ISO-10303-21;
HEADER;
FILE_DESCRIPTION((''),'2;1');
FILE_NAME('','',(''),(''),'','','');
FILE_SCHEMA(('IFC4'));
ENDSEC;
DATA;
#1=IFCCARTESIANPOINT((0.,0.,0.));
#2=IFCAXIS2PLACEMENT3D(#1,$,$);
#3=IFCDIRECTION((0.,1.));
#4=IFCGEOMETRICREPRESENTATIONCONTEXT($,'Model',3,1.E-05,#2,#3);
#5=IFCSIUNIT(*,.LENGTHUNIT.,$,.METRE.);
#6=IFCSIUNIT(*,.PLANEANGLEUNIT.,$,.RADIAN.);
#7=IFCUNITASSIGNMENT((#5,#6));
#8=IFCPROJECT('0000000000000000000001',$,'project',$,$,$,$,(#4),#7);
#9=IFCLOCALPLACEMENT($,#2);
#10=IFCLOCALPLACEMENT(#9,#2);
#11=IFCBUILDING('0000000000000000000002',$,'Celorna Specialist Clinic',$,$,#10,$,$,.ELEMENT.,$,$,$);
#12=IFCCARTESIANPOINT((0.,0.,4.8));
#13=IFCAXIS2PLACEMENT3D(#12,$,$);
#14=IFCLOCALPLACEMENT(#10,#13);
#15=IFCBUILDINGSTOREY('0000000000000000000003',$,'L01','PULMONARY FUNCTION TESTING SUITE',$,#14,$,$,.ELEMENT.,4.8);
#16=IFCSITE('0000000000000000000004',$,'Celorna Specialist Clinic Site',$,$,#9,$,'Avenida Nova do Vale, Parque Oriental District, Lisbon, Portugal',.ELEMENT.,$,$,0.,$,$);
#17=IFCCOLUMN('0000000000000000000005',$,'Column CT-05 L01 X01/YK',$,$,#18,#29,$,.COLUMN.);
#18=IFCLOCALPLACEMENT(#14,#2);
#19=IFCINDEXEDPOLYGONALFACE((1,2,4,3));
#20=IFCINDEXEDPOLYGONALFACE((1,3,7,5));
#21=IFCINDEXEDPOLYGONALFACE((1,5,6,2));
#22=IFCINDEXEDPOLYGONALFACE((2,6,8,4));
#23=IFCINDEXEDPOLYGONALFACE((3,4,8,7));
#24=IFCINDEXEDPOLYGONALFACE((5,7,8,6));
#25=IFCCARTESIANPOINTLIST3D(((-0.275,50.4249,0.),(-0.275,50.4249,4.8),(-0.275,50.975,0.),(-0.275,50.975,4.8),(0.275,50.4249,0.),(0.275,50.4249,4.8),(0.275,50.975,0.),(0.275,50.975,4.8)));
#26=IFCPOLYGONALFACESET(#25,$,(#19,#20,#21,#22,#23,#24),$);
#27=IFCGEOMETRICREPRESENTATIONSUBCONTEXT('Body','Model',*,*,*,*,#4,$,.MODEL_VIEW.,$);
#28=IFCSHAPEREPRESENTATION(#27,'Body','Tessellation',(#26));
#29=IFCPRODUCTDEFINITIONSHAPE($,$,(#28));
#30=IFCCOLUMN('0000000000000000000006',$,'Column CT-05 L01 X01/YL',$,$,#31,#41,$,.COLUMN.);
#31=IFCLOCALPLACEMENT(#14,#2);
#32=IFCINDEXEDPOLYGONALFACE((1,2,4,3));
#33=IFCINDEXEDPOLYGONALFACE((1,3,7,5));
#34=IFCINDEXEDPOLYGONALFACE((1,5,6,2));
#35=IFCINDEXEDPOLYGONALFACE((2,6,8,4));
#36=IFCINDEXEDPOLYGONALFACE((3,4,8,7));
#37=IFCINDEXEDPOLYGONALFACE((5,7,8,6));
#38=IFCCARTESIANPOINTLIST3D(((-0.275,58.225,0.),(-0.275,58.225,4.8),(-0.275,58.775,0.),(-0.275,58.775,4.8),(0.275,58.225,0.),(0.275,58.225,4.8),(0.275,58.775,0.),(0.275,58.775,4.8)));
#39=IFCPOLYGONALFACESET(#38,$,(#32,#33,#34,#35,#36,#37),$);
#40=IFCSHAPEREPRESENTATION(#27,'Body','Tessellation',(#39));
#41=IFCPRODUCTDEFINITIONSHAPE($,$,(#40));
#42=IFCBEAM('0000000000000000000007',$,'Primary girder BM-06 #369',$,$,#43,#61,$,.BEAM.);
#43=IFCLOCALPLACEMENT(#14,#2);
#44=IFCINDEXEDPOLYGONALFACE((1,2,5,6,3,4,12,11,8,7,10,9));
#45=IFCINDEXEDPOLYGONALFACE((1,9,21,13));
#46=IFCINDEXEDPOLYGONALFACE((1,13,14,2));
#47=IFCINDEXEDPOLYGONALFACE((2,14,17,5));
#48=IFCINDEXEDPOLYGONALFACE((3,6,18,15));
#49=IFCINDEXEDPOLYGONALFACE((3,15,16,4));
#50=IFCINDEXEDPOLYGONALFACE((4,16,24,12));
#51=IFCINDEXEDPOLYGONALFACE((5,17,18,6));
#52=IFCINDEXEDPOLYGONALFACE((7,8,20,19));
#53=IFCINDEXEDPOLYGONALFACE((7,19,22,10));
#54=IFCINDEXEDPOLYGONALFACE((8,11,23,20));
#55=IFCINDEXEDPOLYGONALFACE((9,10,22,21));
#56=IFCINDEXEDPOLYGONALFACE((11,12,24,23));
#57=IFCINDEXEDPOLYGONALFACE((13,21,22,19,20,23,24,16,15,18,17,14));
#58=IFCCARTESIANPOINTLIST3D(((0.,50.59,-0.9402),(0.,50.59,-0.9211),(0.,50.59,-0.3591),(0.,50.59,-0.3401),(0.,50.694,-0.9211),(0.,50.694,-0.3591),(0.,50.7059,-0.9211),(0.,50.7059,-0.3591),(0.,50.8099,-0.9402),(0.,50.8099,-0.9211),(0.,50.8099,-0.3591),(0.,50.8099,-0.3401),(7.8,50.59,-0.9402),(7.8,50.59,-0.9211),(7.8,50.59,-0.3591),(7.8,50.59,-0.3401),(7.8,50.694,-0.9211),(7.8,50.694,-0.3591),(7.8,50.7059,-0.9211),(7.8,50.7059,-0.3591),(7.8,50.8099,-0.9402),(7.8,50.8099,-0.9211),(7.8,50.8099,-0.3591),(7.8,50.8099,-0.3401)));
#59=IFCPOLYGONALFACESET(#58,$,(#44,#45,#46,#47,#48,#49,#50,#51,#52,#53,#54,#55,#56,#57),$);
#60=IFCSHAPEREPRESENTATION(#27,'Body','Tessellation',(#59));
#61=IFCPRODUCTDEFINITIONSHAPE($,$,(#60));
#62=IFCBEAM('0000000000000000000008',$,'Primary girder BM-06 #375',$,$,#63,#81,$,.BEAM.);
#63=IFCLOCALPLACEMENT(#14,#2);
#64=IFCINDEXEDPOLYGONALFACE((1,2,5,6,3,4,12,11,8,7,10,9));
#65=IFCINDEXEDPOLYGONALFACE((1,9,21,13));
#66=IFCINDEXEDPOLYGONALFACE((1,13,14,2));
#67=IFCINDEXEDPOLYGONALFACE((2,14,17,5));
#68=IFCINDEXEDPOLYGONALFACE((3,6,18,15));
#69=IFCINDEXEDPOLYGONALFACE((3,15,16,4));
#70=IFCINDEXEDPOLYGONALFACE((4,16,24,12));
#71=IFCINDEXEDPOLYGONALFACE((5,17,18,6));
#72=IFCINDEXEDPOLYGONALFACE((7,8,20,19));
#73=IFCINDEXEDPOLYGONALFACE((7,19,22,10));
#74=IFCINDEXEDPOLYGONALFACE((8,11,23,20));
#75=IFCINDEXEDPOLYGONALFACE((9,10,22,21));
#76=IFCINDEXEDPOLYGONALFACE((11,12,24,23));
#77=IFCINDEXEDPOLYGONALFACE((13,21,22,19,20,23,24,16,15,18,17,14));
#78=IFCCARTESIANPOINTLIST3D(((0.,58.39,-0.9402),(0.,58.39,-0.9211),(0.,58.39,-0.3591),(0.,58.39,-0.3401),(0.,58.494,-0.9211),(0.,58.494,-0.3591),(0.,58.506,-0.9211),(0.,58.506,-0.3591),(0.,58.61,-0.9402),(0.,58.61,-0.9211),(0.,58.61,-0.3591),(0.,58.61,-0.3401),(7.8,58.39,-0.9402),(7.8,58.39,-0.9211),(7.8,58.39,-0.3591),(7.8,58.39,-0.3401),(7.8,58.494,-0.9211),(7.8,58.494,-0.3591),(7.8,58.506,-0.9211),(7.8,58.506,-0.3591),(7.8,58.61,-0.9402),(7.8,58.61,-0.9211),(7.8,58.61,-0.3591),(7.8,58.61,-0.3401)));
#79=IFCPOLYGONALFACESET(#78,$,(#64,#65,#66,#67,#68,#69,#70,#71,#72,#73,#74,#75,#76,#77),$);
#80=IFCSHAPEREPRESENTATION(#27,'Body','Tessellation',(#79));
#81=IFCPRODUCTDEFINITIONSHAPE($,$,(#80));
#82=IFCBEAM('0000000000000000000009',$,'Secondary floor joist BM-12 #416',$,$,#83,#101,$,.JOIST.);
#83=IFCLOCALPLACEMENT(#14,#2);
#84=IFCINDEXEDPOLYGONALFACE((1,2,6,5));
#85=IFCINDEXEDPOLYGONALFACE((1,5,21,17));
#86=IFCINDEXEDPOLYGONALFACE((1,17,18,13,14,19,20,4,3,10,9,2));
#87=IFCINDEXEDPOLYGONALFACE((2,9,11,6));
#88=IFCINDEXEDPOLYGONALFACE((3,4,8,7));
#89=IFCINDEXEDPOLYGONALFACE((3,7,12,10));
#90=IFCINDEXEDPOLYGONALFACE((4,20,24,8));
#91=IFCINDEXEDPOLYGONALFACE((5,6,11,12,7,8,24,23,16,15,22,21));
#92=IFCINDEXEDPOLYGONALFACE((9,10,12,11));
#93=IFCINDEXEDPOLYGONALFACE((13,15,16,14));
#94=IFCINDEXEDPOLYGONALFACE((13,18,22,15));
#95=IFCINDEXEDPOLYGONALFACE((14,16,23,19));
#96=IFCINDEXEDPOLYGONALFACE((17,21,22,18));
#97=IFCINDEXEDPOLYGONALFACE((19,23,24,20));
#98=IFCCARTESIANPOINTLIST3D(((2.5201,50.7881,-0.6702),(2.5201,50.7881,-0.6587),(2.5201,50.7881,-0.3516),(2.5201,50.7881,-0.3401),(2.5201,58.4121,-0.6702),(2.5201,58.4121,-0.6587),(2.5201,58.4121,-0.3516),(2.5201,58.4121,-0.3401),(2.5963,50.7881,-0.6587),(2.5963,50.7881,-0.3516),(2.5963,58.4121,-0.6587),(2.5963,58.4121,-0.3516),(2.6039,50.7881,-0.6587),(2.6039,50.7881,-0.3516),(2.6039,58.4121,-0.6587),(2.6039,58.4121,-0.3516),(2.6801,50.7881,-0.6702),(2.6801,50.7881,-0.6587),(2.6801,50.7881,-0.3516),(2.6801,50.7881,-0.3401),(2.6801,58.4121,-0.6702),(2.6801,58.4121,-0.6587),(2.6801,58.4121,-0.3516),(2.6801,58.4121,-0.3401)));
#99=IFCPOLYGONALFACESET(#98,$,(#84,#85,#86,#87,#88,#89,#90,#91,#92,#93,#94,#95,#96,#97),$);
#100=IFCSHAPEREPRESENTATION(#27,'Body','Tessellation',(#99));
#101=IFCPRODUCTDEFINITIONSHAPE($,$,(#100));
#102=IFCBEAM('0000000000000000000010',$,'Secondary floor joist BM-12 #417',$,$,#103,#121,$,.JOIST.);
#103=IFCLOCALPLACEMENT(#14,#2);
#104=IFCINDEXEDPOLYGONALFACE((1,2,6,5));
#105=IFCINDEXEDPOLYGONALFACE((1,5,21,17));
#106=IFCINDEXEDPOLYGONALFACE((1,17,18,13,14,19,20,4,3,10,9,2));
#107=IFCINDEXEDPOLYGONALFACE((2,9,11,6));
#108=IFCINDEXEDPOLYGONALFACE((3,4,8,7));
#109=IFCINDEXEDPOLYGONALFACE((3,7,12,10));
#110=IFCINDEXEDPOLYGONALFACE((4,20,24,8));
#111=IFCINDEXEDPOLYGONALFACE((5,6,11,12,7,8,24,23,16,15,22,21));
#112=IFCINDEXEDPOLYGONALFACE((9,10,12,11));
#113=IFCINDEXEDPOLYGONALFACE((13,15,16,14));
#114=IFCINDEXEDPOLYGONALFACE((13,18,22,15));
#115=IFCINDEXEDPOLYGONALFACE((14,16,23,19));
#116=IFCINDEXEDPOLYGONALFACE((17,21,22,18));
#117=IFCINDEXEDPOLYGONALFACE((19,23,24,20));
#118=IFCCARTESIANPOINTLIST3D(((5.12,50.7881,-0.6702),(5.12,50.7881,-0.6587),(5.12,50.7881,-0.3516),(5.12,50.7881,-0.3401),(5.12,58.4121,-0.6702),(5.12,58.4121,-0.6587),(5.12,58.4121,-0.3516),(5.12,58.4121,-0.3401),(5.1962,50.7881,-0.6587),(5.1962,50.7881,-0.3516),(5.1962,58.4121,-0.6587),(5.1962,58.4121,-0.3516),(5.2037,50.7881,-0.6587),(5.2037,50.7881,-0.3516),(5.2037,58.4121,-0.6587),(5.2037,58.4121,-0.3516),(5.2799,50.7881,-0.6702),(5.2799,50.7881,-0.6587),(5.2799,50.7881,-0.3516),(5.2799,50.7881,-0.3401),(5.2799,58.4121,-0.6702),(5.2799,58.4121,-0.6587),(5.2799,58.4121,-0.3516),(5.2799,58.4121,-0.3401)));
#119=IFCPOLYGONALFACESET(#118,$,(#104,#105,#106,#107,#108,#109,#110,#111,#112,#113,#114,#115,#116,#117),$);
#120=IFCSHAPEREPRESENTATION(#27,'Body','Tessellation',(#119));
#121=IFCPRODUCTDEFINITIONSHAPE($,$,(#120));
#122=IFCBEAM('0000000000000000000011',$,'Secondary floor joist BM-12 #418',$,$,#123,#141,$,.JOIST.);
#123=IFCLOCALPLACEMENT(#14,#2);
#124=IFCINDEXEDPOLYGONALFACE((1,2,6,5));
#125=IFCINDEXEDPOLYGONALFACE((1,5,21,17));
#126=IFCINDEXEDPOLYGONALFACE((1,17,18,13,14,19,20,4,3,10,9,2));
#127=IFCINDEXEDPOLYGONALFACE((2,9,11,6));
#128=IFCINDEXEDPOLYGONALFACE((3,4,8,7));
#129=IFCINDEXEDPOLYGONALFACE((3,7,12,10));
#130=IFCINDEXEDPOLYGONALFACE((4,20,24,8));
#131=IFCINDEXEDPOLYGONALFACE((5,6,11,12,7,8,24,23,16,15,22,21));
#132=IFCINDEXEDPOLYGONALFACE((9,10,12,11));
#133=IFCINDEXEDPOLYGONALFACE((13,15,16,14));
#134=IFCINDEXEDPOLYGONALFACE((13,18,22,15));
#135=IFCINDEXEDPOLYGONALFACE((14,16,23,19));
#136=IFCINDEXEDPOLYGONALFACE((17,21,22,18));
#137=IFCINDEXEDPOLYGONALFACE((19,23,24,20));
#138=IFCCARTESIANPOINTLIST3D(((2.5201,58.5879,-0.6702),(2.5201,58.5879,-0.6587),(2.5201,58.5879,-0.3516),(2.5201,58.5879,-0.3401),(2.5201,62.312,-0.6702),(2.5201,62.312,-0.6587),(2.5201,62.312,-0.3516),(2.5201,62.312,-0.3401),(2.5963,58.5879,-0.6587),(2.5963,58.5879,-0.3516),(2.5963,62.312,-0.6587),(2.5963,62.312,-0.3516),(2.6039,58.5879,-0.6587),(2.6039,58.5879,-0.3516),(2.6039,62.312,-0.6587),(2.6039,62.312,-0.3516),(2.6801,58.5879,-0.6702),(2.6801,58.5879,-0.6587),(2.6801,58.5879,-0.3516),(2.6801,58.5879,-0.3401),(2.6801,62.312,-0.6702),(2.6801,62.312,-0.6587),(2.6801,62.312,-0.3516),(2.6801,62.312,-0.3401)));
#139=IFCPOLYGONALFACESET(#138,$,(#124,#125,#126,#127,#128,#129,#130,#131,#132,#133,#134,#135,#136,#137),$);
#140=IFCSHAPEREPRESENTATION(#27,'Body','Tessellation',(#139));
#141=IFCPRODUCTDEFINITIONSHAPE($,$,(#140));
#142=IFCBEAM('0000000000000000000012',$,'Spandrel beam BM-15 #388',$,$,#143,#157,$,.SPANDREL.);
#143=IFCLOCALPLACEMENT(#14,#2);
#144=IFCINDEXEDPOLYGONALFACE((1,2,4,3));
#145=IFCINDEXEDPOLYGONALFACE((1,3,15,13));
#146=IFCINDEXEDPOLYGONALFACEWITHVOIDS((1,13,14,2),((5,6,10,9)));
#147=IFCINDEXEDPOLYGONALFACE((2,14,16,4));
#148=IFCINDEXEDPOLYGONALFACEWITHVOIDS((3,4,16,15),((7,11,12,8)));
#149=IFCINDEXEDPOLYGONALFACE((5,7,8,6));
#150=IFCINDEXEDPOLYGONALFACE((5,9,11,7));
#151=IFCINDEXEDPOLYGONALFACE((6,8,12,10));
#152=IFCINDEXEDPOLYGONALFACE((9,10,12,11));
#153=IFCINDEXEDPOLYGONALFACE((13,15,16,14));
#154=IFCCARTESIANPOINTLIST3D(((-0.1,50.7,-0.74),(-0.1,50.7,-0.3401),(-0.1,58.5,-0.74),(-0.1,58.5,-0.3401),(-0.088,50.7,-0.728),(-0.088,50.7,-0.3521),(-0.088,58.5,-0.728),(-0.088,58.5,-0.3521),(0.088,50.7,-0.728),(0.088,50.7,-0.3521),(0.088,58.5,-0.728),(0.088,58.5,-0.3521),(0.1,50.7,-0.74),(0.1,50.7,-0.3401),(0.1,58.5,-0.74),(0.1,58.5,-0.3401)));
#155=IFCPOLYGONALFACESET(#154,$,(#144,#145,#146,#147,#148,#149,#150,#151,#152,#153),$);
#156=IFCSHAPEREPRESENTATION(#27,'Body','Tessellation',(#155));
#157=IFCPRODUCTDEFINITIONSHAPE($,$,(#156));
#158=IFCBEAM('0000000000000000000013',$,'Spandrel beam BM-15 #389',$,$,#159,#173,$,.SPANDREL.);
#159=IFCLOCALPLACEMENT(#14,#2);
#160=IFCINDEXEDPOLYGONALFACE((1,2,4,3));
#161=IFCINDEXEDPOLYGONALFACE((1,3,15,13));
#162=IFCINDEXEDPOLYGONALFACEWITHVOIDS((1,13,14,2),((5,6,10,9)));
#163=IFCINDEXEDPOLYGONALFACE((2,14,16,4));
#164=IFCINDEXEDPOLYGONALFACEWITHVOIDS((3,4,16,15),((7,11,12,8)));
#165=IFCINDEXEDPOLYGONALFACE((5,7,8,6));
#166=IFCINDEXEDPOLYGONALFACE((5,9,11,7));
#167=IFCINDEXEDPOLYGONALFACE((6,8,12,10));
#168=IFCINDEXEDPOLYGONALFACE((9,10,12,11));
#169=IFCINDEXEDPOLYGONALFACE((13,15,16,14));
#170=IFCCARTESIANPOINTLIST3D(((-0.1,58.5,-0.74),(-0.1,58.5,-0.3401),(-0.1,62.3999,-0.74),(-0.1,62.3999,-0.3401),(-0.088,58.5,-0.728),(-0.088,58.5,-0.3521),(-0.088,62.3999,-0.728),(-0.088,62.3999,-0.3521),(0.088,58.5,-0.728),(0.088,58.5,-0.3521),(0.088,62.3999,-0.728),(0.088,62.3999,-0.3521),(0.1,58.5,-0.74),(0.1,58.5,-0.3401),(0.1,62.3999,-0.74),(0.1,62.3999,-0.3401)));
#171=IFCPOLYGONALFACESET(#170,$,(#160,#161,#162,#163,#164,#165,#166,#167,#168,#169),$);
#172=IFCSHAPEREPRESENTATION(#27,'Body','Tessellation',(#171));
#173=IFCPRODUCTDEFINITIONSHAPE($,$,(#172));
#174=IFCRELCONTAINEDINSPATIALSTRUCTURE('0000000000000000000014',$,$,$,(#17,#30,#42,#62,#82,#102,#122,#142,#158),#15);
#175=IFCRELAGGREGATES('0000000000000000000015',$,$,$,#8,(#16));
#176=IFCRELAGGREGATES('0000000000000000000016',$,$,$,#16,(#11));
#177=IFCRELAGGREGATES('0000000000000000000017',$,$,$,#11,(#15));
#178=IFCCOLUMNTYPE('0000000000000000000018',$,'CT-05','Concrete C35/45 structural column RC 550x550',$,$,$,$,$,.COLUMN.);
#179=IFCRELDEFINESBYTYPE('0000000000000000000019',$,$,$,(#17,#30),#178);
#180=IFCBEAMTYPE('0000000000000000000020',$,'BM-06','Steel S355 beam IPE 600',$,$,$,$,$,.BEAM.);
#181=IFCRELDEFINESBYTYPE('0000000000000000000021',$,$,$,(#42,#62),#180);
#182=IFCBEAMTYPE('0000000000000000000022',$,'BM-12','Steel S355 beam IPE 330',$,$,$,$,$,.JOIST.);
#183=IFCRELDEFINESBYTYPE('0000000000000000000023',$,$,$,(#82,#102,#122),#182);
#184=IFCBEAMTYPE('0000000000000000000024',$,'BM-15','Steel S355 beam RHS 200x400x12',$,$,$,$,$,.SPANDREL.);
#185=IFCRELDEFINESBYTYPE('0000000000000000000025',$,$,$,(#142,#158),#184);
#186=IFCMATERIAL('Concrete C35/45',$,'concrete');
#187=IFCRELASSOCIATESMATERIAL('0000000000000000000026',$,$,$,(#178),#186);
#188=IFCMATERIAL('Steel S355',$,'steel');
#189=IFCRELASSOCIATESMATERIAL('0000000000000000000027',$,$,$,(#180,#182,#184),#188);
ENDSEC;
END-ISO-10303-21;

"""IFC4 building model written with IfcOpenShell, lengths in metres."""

from ifc_helpers import new_model, si_unit, direction, frame, origin, origin_2d, place, context, subcontext, project, spatial, rectangle, hollow_rectangle, i_section, extrude, material, material_profile, profile_set, type_object, element, save


model = new_model("IFC4")

# Units and contexts
model_context = context("Model", 3, precision=1e-05, world=origin(), true_north=direction((0.0, 1.0)))
body_context = subcontext(model_context, "Body", "Model", "MODEL_VIEW")
ifc_project = project(units=[si_unit("LENGTHUNIT", "METRE"), si_unit("PLANEANGLEUNIT", "RADIAN")], contexts=[model_context])

# Site, building, storey
site_placement = place(None, origin())
site = spatial("IfcSite", under=ifc_project, at=site_placement, Name="Celorna Specialist Clinic Site", LongName="Avenida Nova do Vale, Parque Oriental District, Lisbon, Portugal", CompositionType="ELEMENT", RefElevation=0.0)
building_placement = place(site_placement, origin())
building = spatial("IfcBuilding", under=site, at=building_placement, Name="Celorna Specialist Clinic", CompositionType="ELEMENT")
storey_placement = place(building_placement, frame((0.0, 0.0, 4.8)))
storey = spatial("IfcBuildingStorey", under=building, at=storey_placement, Name="L01", Description="PULMONARY FUNCTION TESTING SUITE", CompositionType="ELEMENT", Elevation=4.8)

# Columns
ifc_material_1 = material(Name="Concrete C35/45", Category="concrete")
ifc_material_profile_1 = material_profile(ifc_material_1, rectangle(XDim=0.55, YDim=0.55, at=origin_2d()), Name="RC 550x550")
ifc_profile_set_1 = profile_set([ifc_material_profile_1], Name="Concrete C35/45")
column_type = type_object("IfcColumnType", Name="CT-05", Description="Concrete C35/45 structural column RC 550x550", PredefinedType="COLUMN", material=ifc_profile_set_1)
for number, where, z_axis, x_axis, name in (
    (1, (0.0, 50.7, 0.0), (0.0, 0.0, 1.0), (1.0, 0.0, 0.0), "Column CT-05 L01 X01/YK"),
    (2, (0.0, 58.5, 0.0), (0.0, 0.0, 1.0), (1.0, 0.0, 0.0), "Column CT-05 L01 X01/YL"),
):
    element("IfcColumn", number, at=place(storey_placement, frame(where, z_axis=z_axis, x_axis=x_axis)), inside=storey, type_object=column_type, Name=name, PredefinedType="COLUMN", context=body_context, shape_type="SweptSolid", body=[
        extrude(rectangle(XDim=0.55, YDim=0.55, at=origin_2d()), origin(), (0.0, 0.0, 1.0), 4.8),
    ])

# Beams
ifc_material_2 = material(Name="Steel S355", Category="steel")
ifc_material_profile_2 = material_profile(ifc_material_2, i_section(OverallWidth=0.22, OverallDepth=0.6001, WebThickness=0.012, FlangeThickness=0.019, at=origin_2d()), Name="IPE 600")
ifc_profile_set_2 = profile_set([ifc_material_profile_2], Name="Steel S355")
beam_type_1 = type_object("IfcBeamType", Name="BM-06", Description="Steel S355 beam IPE 600", PredefinedType="BEAM", material=ifc_profile_set_2)
for number, where, z_axis, x_axis, name in (
    (3, (0.0, 50.7, -0.6401), (1.0, 0.0, 0.0), (0.0, 1.0, 0.0), "Primary girder BM-06 #369"),
    (4, (0.0, 58.5, -0.6401), (1.0, 0.0, 0.0), (0.0, 1.0, 0.0), "Primary girder BM-06 #375"),
):
    element("IfcBeam", number, at=place(storey_placement, frame(where, z_axis=z_axis, x_axis=x_axis)), inside=storey, type_object=beam_type_1, Name=name, PredefinedType="BEAM", context=body_context, shape_type="SweptSolid", body=[
        extrude(i_section(OverallWidth=0.22, OverallDepth=0.6001, WebThickness=0.012, FlangeThickness=0.019, at=origin_2d()), origin(), (0.0, 0.0, 1.0), 7.8),
    ])
ifc_material_profile_3 = material_profile(ifc_material_2, i_section(OverallWidth=0.1599, OverallDepth=0.3301, WebThickness=0.0076, FlangeThickness=0.0115, at=origin_2d()), Name="IPE 330")
ifc_profile_set_3 = profile_set([ifc_material_profile_3], Name="Steel S355")
beam_type_2 = type_object("IfcBeamType", Name="BM-12", Description="Steel S355 beam IPE 330", PredefinedType="JOIST", material=ifc_profile_set_3)
for number, where, z_axis, x_axis, name in (
    (5, (2.6001, 50.7881, -0.5051), (0.0, 1.0, 0.0), (-1.0, 0.0, 0.0), "Secondary floor joist BM-12 #416"),
    (6, (5.2, 50.7881, -0.5051), (0.0, 1.0, 0.0), (-1.0, 0.0, 0.0), "Secondary floor joist BM-12 #417"),
):
    element("IfcBeam", number, at=place(storey_placement, frame(where, z_axis=z_axis, x_axis=x_axis)), inside=storey, type_object=beam_type_2, Name=name, PredefinedType="JOIST", context=body_context, shape_type="SweptSolid", body=[
        extrude(i_section(OverallWidth=0.1599, OverallDepth=0.3301, WebThickness=0.0076, FlangeThickness=0.0115, at=origin_2d()), origin(), (0.0, 0.0, 1.0), 7.624),
    ])
beam_1_placement = place(storey_placement, frame((2.6001, 58.5879, -0.5051), z_axis=(0.0, 1.0, 0.0), x_axis=(-1.0, 0.0, 0.0)))
element("IfcBeam", 7, at=beam_1_placement, inside=storey, type_object=beam_type_2, Name="Secondary floor joist BM-12 #418", PredefinedType="JOIST", context=body_context, shape_type="SweptSolid", body=[
    extrude(i_section(OverallWidth=0.1599, OverallDepth=0.3301, WebThickness=0.0076, FlangeThickness=0.0115, at=origin_2d()), origin(), (0.0, 0.0, 1.0), 3.7241),
])
ifc_material_profile_4 = material_profile(ifc_material_2, hollow_rectangle(XDim=0.2, YDim=0.3999, WallThickness=0.012, at=origin_2d()), Name="RHS 200x400x12")
ifc_profile_set_4 = profile_set([ifc_material_profile_4], Name="Steel S355")
beam_type_3 = type_object("IfcBeamType", Name="BM-15", Description="Steel S355 beam RHS 200x400x12", PredefinedType="SPANDREL", material=ifc_profile_set_4)
beam_2_placement = place(storey_placement, frame((0.0, 50.7, -0.54), z_axis=(0.0, 1.0, 0.0), x_axis=(-1.0, 0.0, 0.0)))
element("IfcBeam", 8, at=beam_2_placement, inside=storey, type_object=beam_type_3, Name="Spandrel beam BM-15 #388", PredefinedType="SPANDREL", context=body_context, shape_type="SweptSolid", body=[
    extrude(hollow_rectangle(XDim=0.2, YDim=0.3999, WallThickness=0.012, at=origin_2d()), origin(), (0.0, 0.0, 1.0), 7.8),
])
beam_3_placement = place(storey_placement, frame((0.0, 58.5, -0.54), z_axis=(0.0, 1.0, 0.0), x_axis=(-1.0, 0.0, 0.0)))
element("IfcBeam", 9, at=beam_3_placement, inside=storey, type_object=beam_type_3, Name="Spandrel beam BM-15 #389", PredefinedType="SPANDREL", context=body_context, shape_type="SweptSolid", body=[
    extrude(hollow_rectangle(XDim=0.2, YDim=0.3999, WallThickness=0.012, at=origin_2d()), origin(), (0.0, 0.0, 1.0), 3.8999),
])

save(model, "model.ifc")
